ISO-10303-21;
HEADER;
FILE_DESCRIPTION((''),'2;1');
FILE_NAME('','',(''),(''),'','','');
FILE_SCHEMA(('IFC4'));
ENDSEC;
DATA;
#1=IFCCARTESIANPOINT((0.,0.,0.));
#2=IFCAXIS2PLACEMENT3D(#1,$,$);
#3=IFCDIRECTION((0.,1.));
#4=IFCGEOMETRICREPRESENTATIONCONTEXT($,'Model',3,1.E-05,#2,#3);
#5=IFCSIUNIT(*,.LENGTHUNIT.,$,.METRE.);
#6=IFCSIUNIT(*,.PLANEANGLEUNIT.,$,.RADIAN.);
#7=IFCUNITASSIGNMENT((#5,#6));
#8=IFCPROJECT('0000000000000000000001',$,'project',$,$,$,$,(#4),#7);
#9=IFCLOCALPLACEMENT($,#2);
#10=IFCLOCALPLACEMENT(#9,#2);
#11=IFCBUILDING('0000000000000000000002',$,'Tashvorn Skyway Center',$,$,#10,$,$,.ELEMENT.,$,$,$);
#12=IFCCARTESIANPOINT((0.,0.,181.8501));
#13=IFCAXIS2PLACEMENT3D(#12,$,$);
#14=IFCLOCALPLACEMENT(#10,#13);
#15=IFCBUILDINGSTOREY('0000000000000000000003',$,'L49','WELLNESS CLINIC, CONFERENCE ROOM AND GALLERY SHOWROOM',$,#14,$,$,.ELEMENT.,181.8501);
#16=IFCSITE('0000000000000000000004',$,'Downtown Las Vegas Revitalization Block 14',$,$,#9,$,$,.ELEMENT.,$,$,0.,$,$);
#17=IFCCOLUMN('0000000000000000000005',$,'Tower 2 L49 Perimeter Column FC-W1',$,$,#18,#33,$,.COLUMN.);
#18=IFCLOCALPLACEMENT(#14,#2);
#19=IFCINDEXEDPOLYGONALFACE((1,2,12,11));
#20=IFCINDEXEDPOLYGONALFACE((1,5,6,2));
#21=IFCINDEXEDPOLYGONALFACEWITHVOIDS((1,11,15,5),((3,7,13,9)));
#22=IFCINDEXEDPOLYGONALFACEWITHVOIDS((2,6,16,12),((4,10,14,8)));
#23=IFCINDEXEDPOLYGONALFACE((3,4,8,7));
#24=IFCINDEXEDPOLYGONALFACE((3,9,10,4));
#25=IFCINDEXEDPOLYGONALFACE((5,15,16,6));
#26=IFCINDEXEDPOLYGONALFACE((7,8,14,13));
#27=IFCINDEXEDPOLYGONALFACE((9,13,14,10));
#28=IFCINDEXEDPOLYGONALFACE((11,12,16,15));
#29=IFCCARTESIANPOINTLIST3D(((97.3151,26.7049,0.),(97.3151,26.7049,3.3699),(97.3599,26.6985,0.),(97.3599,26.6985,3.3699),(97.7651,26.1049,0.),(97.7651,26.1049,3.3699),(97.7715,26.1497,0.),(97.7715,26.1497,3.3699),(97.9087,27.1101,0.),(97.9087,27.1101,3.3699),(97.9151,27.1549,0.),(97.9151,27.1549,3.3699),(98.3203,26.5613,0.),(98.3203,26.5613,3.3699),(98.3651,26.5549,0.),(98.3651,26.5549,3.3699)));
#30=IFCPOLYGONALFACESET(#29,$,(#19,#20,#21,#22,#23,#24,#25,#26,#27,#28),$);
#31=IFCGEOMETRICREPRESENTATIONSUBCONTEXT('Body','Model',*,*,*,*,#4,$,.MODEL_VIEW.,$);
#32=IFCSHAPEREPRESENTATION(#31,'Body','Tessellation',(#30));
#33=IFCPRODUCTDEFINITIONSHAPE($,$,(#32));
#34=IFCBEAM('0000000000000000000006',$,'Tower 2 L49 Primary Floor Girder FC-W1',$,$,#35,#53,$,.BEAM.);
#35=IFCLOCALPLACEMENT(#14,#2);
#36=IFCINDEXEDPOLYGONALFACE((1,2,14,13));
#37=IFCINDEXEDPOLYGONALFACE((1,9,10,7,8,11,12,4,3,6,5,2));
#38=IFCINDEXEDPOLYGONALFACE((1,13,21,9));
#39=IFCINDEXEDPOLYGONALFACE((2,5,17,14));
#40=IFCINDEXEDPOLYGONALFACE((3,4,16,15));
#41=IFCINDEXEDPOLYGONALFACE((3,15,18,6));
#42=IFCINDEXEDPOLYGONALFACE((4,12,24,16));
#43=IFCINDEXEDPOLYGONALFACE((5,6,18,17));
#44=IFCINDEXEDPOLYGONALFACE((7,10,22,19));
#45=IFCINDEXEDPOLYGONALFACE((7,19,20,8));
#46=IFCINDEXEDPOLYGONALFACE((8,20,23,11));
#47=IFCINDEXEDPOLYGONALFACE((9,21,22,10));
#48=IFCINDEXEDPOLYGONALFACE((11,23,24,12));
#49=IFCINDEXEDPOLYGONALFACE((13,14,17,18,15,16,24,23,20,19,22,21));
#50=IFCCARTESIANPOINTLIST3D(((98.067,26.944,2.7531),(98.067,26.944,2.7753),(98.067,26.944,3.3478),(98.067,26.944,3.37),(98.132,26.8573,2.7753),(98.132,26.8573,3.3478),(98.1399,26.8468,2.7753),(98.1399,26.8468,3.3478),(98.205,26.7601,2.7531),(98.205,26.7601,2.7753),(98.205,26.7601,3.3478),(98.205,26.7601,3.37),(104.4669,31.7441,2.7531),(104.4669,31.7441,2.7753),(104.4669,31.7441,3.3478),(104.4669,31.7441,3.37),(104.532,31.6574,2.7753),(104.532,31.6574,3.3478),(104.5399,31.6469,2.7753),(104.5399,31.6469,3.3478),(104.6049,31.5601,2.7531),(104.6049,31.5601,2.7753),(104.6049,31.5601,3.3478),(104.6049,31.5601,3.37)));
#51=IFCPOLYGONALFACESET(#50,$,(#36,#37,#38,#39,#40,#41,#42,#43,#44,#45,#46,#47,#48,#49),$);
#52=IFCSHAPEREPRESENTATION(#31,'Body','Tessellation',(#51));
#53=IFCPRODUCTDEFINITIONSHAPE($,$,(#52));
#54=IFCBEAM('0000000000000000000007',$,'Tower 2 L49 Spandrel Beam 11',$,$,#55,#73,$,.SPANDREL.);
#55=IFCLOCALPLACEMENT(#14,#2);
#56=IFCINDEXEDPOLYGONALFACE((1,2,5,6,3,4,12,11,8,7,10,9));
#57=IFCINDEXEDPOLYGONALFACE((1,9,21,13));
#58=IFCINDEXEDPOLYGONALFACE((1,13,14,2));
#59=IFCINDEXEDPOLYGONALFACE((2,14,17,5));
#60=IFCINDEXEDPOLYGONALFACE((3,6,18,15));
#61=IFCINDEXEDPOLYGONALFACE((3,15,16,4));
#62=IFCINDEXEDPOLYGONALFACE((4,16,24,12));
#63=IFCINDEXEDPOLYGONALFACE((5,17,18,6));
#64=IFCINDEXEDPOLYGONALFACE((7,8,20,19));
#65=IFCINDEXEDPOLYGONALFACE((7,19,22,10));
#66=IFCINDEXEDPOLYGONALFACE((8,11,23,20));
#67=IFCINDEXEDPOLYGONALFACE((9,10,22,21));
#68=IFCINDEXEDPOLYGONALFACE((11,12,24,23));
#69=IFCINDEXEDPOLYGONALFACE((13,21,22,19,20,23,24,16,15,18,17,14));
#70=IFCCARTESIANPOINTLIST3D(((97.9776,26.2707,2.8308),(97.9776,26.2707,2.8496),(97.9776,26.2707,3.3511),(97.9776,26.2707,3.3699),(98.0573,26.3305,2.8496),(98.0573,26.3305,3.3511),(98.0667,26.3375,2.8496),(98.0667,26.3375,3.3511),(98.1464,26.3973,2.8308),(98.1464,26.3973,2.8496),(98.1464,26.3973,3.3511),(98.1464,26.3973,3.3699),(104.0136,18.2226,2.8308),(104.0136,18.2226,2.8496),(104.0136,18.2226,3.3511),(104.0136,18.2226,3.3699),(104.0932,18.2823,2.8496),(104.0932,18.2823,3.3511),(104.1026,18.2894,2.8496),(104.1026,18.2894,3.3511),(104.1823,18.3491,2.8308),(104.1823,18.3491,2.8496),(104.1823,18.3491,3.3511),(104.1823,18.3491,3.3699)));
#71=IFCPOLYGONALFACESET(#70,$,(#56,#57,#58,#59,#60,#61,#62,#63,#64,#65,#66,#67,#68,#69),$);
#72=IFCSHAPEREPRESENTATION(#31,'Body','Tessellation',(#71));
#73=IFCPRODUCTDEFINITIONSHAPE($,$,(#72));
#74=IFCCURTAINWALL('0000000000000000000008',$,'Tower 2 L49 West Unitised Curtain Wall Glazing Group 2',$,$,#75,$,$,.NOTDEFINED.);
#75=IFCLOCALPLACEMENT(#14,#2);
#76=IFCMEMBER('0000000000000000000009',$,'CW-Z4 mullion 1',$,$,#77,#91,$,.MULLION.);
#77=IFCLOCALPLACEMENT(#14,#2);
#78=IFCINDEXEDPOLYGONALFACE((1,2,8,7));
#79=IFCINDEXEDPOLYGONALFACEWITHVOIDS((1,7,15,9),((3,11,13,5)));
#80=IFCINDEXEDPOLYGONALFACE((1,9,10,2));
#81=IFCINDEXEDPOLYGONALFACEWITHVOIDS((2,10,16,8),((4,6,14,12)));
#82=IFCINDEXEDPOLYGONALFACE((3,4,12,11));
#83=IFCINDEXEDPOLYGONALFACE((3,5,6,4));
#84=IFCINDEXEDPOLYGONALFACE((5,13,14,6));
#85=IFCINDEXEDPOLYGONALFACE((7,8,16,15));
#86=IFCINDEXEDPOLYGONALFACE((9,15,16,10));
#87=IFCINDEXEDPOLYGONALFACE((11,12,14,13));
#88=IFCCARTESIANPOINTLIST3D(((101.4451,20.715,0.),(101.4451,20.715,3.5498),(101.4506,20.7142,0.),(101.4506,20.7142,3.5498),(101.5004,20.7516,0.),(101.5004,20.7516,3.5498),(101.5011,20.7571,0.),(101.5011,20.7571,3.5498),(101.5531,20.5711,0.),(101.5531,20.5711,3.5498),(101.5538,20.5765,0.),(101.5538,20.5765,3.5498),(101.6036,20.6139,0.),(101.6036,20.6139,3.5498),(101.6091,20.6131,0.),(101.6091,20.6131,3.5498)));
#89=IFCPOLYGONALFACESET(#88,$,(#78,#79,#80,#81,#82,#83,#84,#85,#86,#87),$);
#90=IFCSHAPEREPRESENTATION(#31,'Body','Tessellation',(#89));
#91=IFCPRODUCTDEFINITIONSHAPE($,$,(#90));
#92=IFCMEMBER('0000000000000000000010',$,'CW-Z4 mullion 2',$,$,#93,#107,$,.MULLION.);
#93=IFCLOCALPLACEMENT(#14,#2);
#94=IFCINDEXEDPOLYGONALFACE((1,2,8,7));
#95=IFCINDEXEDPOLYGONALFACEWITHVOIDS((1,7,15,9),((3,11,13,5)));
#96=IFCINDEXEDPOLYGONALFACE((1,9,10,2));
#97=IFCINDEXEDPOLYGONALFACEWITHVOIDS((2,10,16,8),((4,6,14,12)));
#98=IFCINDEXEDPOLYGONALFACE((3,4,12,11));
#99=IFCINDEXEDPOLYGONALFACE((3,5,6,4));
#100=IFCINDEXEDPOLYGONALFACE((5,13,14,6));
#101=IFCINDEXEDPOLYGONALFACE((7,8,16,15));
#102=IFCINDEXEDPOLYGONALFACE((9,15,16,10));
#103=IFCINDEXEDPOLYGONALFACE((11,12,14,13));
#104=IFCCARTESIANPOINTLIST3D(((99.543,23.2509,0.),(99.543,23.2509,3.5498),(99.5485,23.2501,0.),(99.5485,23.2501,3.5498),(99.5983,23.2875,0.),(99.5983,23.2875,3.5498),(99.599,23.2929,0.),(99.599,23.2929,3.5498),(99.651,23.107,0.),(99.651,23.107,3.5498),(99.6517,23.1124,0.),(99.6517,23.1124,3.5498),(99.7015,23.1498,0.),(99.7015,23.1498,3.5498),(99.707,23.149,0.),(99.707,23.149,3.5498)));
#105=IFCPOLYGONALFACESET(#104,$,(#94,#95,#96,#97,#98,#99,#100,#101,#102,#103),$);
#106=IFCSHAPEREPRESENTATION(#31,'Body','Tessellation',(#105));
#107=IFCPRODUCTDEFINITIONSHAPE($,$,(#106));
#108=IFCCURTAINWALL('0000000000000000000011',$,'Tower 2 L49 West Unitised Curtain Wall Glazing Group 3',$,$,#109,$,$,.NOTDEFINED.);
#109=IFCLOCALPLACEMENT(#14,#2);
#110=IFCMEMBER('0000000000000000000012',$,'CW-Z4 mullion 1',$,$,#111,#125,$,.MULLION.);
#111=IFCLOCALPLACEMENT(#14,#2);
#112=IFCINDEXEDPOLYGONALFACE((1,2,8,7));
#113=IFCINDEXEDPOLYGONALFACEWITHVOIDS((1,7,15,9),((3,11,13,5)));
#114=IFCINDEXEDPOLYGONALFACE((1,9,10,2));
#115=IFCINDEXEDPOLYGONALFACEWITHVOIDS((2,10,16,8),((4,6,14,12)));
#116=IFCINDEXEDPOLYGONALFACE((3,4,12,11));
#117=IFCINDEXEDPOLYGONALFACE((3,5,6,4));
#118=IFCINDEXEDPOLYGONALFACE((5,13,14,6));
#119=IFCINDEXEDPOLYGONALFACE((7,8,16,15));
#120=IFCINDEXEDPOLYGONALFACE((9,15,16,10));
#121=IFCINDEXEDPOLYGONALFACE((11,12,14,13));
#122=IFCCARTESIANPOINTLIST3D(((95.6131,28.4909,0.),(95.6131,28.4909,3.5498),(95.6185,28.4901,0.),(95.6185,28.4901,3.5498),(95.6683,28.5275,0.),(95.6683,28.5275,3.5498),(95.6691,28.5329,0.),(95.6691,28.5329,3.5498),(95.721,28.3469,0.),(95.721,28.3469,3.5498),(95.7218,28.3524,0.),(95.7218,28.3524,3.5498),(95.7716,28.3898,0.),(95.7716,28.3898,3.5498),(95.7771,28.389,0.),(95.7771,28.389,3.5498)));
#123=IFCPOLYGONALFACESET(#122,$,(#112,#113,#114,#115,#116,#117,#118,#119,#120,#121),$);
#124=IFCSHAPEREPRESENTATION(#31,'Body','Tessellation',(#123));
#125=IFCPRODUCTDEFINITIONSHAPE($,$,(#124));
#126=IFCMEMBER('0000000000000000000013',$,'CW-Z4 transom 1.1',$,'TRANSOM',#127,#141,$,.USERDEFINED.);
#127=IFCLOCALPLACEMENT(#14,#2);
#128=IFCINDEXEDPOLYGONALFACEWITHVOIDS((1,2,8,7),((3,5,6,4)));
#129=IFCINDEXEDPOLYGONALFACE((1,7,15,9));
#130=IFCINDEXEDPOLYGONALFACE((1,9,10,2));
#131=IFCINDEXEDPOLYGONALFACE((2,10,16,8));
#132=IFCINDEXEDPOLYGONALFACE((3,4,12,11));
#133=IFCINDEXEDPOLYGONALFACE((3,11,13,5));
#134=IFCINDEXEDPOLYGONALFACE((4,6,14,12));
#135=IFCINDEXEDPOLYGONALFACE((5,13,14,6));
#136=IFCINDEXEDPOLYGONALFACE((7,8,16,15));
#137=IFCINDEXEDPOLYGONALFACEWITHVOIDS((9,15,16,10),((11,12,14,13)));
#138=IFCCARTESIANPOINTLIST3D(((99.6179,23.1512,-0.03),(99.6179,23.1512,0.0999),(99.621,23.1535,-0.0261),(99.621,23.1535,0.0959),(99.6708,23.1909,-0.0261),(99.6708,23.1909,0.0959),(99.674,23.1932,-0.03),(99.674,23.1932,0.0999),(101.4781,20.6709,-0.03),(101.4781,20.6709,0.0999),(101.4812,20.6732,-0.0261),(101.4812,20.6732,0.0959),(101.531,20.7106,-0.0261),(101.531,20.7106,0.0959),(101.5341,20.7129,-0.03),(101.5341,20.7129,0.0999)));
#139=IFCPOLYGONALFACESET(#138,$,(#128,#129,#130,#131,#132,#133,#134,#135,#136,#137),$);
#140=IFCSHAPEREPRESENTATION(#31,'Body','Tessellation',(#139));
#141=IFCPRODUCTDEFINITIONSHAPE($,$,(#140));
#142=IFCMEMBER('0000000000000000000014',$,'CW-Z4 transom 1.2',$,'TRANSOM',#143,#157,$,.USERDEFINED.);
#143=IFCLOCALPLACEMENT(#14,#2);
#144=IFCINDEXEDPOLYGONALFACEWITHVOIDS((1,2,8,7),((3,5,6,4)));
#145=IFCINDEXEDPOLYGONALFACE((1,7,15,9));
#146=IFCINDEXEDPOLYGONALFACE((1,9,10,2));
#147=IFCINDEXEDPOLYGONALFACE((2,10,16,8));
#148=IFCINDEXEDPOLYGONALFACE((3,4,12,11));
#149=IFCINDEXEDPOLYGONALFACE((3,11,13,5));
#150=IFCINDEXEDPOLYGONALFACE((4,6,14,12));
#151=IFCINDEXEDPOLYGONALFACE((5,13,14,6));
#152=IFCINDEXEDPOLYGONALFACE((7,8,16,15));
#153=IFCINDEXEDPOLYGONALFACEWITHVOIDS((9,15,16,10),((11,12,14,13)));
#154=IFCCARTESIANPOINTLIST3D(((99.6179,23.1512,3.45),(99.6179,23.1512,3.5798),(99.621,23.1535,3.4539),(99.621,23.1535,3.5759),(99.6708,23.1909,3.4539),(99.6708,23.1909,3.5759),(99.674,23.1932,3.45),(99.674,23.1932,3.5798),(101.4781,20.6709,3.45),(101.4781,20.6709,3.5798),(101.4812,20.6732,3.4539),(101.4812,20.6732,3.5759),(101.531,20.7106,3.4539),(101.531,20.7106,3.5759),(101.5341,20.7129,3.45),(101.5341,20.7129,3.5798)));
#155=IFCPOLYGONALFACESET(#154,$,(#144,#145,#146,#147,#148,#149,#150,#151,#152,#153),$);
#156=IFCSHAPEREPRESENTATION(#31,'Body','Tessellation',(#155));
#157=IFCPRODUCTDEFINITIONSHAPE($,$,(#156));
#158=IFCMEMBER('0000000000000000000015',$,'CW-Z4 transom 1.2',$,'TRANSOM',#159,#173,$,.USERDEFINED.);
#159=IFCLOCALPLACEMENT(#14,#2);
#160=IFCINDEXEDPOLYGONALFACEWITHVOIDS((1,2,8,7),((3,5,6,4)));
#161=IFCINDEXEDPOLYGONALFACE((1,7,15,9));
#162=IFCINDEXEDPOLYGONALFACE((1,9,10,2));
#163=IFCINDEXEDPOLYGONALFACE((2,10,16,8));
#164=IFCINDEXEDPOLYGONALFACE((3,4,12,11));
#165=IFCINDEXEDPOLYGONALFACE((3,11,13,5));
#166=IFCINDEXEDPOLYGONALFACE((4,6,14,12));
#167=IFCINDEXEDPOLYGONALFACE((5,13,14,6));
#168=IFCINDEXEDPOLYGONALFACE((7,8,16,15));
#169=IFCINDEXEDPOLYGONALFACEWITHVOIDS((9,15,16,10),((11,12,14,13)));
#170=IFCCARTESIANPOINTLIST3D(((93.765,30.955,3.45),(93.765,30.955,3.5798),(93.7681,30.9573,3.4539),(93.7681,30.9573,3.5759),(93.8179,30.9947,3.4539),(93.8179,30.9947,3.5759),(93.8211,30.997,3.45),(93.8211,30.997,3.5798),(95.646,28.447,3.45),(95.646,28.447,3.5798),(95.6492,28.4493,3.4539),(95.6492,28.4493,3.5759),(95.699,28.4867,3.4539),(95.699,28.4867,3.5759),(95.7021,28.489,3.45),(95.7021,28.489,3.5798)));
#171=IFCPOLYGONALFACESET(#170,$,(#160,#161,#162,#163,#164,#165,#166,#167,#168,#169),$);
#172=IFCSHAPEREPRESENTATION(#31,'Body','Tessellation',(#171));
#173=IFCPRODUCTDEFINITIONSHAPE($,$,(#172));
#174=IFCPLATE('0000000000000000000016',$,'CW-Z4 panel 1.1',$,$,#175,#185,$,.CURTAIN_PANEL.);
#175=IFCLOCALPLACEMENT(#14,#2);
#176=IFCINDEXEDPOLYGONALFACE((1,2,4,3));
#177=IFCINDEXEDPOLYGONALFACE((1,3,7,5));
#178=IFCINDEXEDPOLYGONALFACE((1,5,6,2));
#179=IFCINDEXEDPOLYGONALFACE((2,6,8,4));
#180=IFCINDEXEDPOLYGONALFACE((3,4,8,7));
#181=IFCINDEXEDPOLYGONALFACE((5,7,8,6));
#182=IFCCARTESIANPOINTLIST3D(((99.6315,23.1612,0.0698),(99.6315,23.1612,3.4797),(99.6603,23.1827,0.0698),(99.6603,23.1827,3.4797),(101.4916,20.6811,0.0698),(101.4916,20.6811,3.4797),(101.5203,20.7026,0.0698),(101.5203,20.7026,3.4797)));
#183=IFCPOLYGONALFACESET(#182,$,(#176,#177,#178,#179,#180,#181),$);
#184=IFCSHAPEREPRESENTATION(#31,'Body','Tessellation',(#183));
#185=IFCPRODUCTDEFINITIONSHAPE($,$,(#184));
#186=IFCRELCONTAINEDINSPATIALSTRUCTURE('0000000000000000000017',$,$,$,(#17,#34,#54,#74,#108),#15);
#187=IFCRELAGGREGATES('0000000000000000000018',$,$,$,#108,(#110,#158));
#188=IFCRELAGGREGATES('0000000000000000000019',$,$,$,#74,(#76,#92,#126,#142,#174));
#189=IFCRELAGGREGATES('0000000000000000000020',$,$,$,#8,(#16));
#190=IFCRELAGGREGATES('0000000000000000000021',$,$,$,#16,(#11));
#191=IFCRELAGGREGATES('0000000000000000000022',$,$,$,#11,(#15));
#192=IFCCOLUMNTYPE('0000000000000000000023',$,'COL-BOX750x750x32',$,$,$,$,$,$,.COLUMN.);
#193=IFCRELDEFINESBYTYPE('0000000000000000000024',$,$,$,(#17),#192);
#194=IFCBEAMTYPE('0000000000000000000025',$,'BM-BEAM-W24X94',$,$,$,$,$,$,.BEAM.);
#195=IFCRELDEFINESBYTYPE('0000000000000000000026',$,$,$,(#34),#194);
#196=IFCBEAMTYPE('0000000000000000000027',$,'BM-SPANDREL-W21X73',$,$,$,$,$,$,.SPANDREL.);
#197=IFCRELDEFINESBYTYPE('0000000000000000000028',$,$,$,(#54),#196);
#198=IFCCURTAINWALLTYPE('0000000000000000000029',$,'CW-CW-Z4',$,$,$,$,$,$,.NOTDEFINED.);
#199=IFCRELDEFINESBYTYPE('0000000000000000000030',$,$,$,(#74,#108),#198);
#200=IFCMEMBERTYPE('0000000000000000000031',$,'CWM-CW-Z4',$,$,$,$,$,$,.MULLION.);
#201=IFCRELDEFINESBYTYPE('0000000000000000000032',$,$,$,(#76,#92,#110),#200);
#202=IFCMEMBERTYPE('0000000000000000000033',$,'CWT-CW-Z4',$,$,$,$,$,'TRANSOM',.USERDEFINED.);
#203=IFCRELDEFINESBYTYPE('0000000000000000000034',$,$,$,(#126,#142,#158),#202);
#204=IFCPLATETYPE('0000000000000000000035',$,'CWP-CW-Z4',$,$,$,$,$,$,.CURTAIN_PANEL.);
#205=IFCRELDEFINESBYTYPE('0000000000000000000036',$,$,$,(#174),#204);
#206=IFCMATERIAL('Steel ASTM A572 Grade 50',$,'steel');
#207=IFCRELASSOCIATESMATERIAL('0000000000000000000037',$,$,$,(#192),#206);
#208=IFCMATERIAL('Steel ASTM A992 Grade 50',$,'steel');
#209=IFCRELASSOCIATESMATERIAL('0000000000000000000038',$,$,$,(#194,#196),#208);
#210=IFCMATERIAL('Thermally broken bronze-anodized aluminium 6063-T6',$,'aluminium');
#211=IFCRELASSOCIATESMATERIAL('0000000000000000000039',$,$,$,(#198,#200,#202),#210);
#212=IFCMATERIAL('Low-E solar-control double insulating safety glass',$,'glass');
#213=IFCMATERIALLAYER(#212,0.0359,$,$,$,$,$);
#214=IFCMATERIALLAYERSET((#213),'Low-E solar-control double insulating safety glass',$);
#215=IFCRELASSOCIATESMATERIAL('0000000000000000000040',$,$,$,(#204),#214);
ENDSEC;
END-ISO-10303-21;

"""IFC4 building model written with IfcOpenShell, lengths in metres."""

from ifc_helpers import new_model, si_unit, direction, frame, origin, origin_2d, place, context, subcontext, project, spatial, rectangle, hollow_rectangle, i_section, extrude, material, layer, layer_set, material_profile, profile_set, type_object, element, aggregate, save


model = new_model("IFC4")

# Units and contexts
model_context = context("Model", 3, precision=1e-05, world=origin(), true_north=direction((0.0, 1.0)))
body_context = subcontext(model_context, "Body", "Model", "MODEL_VIEW")
ifc_project = project(units=[si_unit("LENGTHUNIT", "METRE"), si_unit("PLANEANGLEUNIT", "RADIAN")], contexts=[model_context])

# Site, building, storey
site_placement = place(None, origin())
site = spatial("IfcSite", under=ifc_project, at=site_placement, Name="Downtown Las Vegas Revitalization Block 14", CompositionType="ELEMENT", RefElevation=0.0)
building_placement = place(site_placement, origin())
building = spatial("IfcBuilding", under=site, at=building_placement, Name="Tashvorn Skyway Center", CompositionType="ELEMENT")
storey_placement = place(building_placement, frame((0.0, 0.0, 181.8501)))
storey = spatial("IfcBuildingStorey", under=building, at=storey_placement, Name="L49", Description="WELLNESS CLINIC, CONFERENCE ROOM AND GALLERY SHOWROOM", CompositionType="ELEMENT", Elevation=181.8501)

# Column
ifc_material_1 = material(Name="Steel ASTM A572 Grade 50", Category="steel")
ifc_material_profile_1 = material_profile(ifc_material_1, hollow_rectangle(XDim=0.75, YDim=0.75, WallThickness=0.032, at=origin_2d()), Name="BOX750x750x32")
ifc_profile_set_1 = profile_set([ifc_material_profile_1], Name="Steel ASTM A572 Grade 50")
column_type = type_object("IfcColumnType", Name="COL-BOX750x750x32", PredefinedType="COLUMN", material=ifc_profile_set_1)
column_placement = place(storey_placement, frame((97.8401, 26.6299, 0.0), z_axis=(0.0, 0.0, 1.0), x_axis=(0.8, 0.6, 0.0)))
element("IfcColumn", 1, at=column_placement, inside=storey, type_object=column_type, Name="Tower 2 L49 Perimeter Column FC-W1", PredefinedType="COLUMN", context=body_context, shape_type="SweptSolid", body=[
    extrude(hollow_rectangle(XDim=0.75, YDim=0.75, WallThickness=0.032, at=origin_2d()), origin(), (0.0, 0.0, 1.0), 3.3699),
])

# Beams
ifc_material_2 = material(Name="Steel ASTM A992 Grade 50", Category="steel")
ifc_material_profile_2 = material_profile(ifc_material_2, i_section(OverallWidth=0.23, OverallDepth=0.6169, WebThickness=0.0132, FlangeThickness=0.0222, at=origin_2d()), Name="W24X94")
ifc_profile_set_2 = profile_set([ifc_material_profile_2], Name="Steel ASTM A992 Grade 50")
beam_type_1 = type_object("IfcBeamType", Name="BM-BEAM-W24X94", PredefinedType="BEAM", material=ifc_profile_set_2)
beam_1_placement = place(storey_placement, frame((98.136, 26.8521, 3.0615), z_axis=(0.799993, 0.60001, 0.0), x_axis=(-0.60001, 0.799993, 0.0)))
element("IfcBeam", 2, at=beam_1_placement, inside=storey, type_object=beam_type_1, Name="Tower 2 L49 Primary Floor Girder FC-W1", PredefinedType="BEAM", context=body_context, shape_type="SweptSolid", body=[
    extrude(i_section(OverallWidth=0.23, OverallDepth=0.6169, WebThickness=0.0132, FlangeThickness=0.0222, at=origin_2d()), origin(), (0.0, 0.0, 1.0), 8.0),
])
ifc_material_profile_3 = material_profile(ifc_material_2, i_section(OverallWidth=0.2109, OverallDepth=0.5391, WebThickness=0.0117, FlangeThickness=0.0188, at=origin_2d()), Name="W21X73")
ifc_profile_set_3 = profile_set([ifc_material_profile_3], Name="Steel ASTM A992 Grade 50")
beam_type_2 = type_object("IfcBeamType", Name="BM-SPANDREL-W21X73", PredefinedType="SPANDREL", material=ifc_profile_set_3)
beam_2_placement = place(storey_placement, frame((98.062, 26.334, 3.1003), z_axis=(0.599988, -0.800009, 0.0), x_axis=(0.800009, 0.599988, 0.0)))
element("IfcBeam", 3, at=beam_2_placement, inside=storey, type_object=beam_type_2, Name="Tower 2 L49 Spandrel Beam 11", PredefinedType="SPANDREL", context=body_context, shape_type="SweptSolid", body=[
    extrude(i_section(OverallWidth=0.2109, OverallDepth=0.5391, WebThickness=0.0117, FlangeThickness=0.0188, at=origin_2d()), origin(), (0.0, 0.0, 1.0), 10.0601),
])

# Curtain wall, members
ifc_material_3 = material(Name="Thermally broken bronze-anodized aluminium 6063-T6", Category="aluminium")
curtain_wall_type = type_object("IfcCurtainWallType", Name="CW-CW-Z4", PredefinedType="NOTDEFINED", material=ifc_material_3)
curtain_wall_1_placement = place(storey_placement, origin())
curtain_wall_1 = element("IfcCurtainWall", 4, at=curtain_wall_1_placement, inside=storey, type_object=curtain_wall_type, Name="Tower 2 L49 West Unitised Curtain Wall Glazing Group 2", PredefinedType="NOTDEFINED")
ifc_material_profile_4 = material_profile(ifc_material_3, hollow_rectangle(XDim=0.0701, YDim=0.1799, WallThickness=0.0039, at=origin_2d()), Name="ALU-MULL-70x180")
ifc_profile_set_4 = profile_set([ifc_material_profile_4], Name="Thermally broken bronze-anodized aluminium 6063-T6")
member_type_1 = type_object("IfcMemberType", Name="CWM-CW-Z4", PredefinedType="MULLION", material=ifc_profile_set_4)
member_1_placement = place(storey_placement, frame((101.5271, 20.6641, 0.0), z_axis=(0.0, 0.0, 1.0), x_axis=(-0.8, -0.6, 0.0)))
member_1 = element("IfcMember", 5, at=member_1_placement, type_object=member_type_1, Name="CW-Z4 mullion 1", PredefinedType="MULLION", context=body_context, shape_type="SweptSolid", body=[
    extrude(hollow_rectangle(XDim=0.0701, YDim=0.1799, WallThickness=0.0039, at=origin_2d()), origin(), (0.0, 0.0, 1.0), 3.5498),
])
member_2_placement = place(storey_placement, frame((99.625, 23.2, 0.0), z_axis=(0.0, 0.0, 1.0), x_axis=(-0.8, -0.6, 0.0)))
member_2 = element("IfcMember", 6, at=member_2_placement, type_object=member_type_1, Name="CW-Z4 mullion 2", PredefinedType="MULLION", context=body_context, shape_type="SweptSolid", body=[
    extrude(hollow_rectangle(XDim=0.0701, YDim=0.1799, WallThickness=0.0039, at=origin_2d()), origin(), (0.0, 0.0, 1.0), 3.5498),
])

# Curtain wall, member
curtain_wall_2_placement = place(storey_placement, origin())
curtain_wall_2 = element("IfcCurtainWall", 7, at=curtain_wall_2_placement, inside=storey, type_object=curtain_wall_type, Name="Tower 2 L49 West Unitised Curtain Wall Glazing Group 3", PredefinedType="NOTDEFINED")
member_3_placement = place(storey_placement, frame((95.6951, 28.4399, 0.0), z_axis=(0.0, 0.0, 1.0), x_axis=(-0.8, -0.6, 0.0)))
member_3 = element("IfcMember", 8, at=member_3_placement, type_object=member_type_1, Name="CW-Z4 mullion 1", PredefinedType="MULLION", context=body_context, shape_type="SweptSolid", body=[
    extrude(hollow_rectangle(XDim=0.0701, YDim=0.1799, WallThickness=0.0039, at=origin_2d()), origin(), (0.0, 0.0, 1.0), 3.5498),
])

# Members
ifc_material_profile_5 = material_profile(ifc_material_3, hollow_rectangle(XDim=0.0701, YDim=0.1299, WallThickness=0.0039, at=origin_2d()), Name="ALU-TRAN-70x130")
ifc_profile_set_5 = profile_set([ifc_material_profile_5], Name="Thermally broken bronze-anodized aluminium 6063-T6")
member_type_2 = type_object("IfcMemberType", Name="CWT-CW-Z4", ElementType="TRANSOM", PredefinedType="USERDEFINED", material=ifc_profile_set_5)
member_4_placement = place(storey_placement, frame((101.5061, 20.6919, 0.0349), z_axis=(-0.599987, 0.800009, 0.0), x_axis=(-0.800009, -0.599987, 0.0)))
member_4 = element("IfcMember", 9, at=member_4_placement, type_object=member_type_2, Name="CW-Z4 transom 1.1", ObjectType="TRANSOM", PredefinedType="USERDEFINED", context=body_context, shape_type="SweptSolid", body=[
    extrude(hollow_rectangle(XDim=0.0701, YDim=0.1299, WallThickness=0.0039, at=origin_2d()), origin(), (0.0, 0.0, 1.0), 3.1003),
])
member_5_placement = place(storey_placement, frame((101.5061, 20.6919, 3.5149), z_axis=(-0.599987, 0.800009, 0.0), x_axis=(-0.800009, -0.599987, 0.0)))
member_5 = element("IfcMember", 10, at=member_5_placement, type_object=member_type_2, Name="CW-Z4 transom 1.2", ObjectType="TRANSOM", PredefinedType="USERDEFINED", context=body_context, shape_type="SweptSolid", body=[
    extrude(hollow_rectangle(XDim=0.0701, YDim=0.1299, WallThickness=0.0039, at=origin_2d()), origin(), (0.0, 0.0, 1.0), 3.1003),
])
member_6_placement = place(storey_placement, frame((95.6741, 28.468, 3.5149), z_axis=(-0.600012, 0.799991, 0.0), x_axis=(-0.799991, -0.600012, 0.0)))
member_6 = element("IfcMember", 11, at=member_6_placement, type_object=member_type_2, Name="CW-Z4 transom 1.2", ObjectType="TRANSOM", PredefinedType="USERDEFINED", context=body_context, shape_type="SweptSolid", body=[
    extrude(hollow_rectangle(XDim=0.0701, YDim=0.1299, WallThickness=0.0039, at=origin_2d()), origin(), (0.0, 0.0, 1.0), 3.135),
])
aggregate(curtain_wall_2, [member_3, member_6])

# Plate
ifc_material_4 = material(Name="Low-E solar-control double insulating safety glass", Category="glass")
ifc_layer_1 = layer(ifc_material_4, 0.0359)
ifc_layer_set_1 = layer_set([ifc_layer_1], Name="Low-E solar-control double insulating safety glass")
plate_type = type_object("IfcPlateType", Name="CWP-CW-Z4", PredefinedType="CURTAIN_PANEL", material=ifc_layer_set_1)
plate_placement = place(storey_placement, frame((100.5759, 21.9319, 0.0698), z_axis=(0.0, 0.0, 1.0), x_axis=(-0.6, 0.8, 0.0)))
plate = element("IfcPlate", 12, at=plate_placement, type_object=plate_type, Name="CW-Z4 panel 1.1", PredefinedType="CURTAIN_PANEL", context=body_context, shape_type="SweptSolid", body=[
    extrude(rectangle(XDim=3.1001, YDim=0.0359, at=origin_2d()), origin(), (0.0, 0.0, 1.0), 3.4099),
])
aggregate(curtain_wall_1, [member_1, member_2, member_4, member_5, plate])

save(model, "model.ifc")
